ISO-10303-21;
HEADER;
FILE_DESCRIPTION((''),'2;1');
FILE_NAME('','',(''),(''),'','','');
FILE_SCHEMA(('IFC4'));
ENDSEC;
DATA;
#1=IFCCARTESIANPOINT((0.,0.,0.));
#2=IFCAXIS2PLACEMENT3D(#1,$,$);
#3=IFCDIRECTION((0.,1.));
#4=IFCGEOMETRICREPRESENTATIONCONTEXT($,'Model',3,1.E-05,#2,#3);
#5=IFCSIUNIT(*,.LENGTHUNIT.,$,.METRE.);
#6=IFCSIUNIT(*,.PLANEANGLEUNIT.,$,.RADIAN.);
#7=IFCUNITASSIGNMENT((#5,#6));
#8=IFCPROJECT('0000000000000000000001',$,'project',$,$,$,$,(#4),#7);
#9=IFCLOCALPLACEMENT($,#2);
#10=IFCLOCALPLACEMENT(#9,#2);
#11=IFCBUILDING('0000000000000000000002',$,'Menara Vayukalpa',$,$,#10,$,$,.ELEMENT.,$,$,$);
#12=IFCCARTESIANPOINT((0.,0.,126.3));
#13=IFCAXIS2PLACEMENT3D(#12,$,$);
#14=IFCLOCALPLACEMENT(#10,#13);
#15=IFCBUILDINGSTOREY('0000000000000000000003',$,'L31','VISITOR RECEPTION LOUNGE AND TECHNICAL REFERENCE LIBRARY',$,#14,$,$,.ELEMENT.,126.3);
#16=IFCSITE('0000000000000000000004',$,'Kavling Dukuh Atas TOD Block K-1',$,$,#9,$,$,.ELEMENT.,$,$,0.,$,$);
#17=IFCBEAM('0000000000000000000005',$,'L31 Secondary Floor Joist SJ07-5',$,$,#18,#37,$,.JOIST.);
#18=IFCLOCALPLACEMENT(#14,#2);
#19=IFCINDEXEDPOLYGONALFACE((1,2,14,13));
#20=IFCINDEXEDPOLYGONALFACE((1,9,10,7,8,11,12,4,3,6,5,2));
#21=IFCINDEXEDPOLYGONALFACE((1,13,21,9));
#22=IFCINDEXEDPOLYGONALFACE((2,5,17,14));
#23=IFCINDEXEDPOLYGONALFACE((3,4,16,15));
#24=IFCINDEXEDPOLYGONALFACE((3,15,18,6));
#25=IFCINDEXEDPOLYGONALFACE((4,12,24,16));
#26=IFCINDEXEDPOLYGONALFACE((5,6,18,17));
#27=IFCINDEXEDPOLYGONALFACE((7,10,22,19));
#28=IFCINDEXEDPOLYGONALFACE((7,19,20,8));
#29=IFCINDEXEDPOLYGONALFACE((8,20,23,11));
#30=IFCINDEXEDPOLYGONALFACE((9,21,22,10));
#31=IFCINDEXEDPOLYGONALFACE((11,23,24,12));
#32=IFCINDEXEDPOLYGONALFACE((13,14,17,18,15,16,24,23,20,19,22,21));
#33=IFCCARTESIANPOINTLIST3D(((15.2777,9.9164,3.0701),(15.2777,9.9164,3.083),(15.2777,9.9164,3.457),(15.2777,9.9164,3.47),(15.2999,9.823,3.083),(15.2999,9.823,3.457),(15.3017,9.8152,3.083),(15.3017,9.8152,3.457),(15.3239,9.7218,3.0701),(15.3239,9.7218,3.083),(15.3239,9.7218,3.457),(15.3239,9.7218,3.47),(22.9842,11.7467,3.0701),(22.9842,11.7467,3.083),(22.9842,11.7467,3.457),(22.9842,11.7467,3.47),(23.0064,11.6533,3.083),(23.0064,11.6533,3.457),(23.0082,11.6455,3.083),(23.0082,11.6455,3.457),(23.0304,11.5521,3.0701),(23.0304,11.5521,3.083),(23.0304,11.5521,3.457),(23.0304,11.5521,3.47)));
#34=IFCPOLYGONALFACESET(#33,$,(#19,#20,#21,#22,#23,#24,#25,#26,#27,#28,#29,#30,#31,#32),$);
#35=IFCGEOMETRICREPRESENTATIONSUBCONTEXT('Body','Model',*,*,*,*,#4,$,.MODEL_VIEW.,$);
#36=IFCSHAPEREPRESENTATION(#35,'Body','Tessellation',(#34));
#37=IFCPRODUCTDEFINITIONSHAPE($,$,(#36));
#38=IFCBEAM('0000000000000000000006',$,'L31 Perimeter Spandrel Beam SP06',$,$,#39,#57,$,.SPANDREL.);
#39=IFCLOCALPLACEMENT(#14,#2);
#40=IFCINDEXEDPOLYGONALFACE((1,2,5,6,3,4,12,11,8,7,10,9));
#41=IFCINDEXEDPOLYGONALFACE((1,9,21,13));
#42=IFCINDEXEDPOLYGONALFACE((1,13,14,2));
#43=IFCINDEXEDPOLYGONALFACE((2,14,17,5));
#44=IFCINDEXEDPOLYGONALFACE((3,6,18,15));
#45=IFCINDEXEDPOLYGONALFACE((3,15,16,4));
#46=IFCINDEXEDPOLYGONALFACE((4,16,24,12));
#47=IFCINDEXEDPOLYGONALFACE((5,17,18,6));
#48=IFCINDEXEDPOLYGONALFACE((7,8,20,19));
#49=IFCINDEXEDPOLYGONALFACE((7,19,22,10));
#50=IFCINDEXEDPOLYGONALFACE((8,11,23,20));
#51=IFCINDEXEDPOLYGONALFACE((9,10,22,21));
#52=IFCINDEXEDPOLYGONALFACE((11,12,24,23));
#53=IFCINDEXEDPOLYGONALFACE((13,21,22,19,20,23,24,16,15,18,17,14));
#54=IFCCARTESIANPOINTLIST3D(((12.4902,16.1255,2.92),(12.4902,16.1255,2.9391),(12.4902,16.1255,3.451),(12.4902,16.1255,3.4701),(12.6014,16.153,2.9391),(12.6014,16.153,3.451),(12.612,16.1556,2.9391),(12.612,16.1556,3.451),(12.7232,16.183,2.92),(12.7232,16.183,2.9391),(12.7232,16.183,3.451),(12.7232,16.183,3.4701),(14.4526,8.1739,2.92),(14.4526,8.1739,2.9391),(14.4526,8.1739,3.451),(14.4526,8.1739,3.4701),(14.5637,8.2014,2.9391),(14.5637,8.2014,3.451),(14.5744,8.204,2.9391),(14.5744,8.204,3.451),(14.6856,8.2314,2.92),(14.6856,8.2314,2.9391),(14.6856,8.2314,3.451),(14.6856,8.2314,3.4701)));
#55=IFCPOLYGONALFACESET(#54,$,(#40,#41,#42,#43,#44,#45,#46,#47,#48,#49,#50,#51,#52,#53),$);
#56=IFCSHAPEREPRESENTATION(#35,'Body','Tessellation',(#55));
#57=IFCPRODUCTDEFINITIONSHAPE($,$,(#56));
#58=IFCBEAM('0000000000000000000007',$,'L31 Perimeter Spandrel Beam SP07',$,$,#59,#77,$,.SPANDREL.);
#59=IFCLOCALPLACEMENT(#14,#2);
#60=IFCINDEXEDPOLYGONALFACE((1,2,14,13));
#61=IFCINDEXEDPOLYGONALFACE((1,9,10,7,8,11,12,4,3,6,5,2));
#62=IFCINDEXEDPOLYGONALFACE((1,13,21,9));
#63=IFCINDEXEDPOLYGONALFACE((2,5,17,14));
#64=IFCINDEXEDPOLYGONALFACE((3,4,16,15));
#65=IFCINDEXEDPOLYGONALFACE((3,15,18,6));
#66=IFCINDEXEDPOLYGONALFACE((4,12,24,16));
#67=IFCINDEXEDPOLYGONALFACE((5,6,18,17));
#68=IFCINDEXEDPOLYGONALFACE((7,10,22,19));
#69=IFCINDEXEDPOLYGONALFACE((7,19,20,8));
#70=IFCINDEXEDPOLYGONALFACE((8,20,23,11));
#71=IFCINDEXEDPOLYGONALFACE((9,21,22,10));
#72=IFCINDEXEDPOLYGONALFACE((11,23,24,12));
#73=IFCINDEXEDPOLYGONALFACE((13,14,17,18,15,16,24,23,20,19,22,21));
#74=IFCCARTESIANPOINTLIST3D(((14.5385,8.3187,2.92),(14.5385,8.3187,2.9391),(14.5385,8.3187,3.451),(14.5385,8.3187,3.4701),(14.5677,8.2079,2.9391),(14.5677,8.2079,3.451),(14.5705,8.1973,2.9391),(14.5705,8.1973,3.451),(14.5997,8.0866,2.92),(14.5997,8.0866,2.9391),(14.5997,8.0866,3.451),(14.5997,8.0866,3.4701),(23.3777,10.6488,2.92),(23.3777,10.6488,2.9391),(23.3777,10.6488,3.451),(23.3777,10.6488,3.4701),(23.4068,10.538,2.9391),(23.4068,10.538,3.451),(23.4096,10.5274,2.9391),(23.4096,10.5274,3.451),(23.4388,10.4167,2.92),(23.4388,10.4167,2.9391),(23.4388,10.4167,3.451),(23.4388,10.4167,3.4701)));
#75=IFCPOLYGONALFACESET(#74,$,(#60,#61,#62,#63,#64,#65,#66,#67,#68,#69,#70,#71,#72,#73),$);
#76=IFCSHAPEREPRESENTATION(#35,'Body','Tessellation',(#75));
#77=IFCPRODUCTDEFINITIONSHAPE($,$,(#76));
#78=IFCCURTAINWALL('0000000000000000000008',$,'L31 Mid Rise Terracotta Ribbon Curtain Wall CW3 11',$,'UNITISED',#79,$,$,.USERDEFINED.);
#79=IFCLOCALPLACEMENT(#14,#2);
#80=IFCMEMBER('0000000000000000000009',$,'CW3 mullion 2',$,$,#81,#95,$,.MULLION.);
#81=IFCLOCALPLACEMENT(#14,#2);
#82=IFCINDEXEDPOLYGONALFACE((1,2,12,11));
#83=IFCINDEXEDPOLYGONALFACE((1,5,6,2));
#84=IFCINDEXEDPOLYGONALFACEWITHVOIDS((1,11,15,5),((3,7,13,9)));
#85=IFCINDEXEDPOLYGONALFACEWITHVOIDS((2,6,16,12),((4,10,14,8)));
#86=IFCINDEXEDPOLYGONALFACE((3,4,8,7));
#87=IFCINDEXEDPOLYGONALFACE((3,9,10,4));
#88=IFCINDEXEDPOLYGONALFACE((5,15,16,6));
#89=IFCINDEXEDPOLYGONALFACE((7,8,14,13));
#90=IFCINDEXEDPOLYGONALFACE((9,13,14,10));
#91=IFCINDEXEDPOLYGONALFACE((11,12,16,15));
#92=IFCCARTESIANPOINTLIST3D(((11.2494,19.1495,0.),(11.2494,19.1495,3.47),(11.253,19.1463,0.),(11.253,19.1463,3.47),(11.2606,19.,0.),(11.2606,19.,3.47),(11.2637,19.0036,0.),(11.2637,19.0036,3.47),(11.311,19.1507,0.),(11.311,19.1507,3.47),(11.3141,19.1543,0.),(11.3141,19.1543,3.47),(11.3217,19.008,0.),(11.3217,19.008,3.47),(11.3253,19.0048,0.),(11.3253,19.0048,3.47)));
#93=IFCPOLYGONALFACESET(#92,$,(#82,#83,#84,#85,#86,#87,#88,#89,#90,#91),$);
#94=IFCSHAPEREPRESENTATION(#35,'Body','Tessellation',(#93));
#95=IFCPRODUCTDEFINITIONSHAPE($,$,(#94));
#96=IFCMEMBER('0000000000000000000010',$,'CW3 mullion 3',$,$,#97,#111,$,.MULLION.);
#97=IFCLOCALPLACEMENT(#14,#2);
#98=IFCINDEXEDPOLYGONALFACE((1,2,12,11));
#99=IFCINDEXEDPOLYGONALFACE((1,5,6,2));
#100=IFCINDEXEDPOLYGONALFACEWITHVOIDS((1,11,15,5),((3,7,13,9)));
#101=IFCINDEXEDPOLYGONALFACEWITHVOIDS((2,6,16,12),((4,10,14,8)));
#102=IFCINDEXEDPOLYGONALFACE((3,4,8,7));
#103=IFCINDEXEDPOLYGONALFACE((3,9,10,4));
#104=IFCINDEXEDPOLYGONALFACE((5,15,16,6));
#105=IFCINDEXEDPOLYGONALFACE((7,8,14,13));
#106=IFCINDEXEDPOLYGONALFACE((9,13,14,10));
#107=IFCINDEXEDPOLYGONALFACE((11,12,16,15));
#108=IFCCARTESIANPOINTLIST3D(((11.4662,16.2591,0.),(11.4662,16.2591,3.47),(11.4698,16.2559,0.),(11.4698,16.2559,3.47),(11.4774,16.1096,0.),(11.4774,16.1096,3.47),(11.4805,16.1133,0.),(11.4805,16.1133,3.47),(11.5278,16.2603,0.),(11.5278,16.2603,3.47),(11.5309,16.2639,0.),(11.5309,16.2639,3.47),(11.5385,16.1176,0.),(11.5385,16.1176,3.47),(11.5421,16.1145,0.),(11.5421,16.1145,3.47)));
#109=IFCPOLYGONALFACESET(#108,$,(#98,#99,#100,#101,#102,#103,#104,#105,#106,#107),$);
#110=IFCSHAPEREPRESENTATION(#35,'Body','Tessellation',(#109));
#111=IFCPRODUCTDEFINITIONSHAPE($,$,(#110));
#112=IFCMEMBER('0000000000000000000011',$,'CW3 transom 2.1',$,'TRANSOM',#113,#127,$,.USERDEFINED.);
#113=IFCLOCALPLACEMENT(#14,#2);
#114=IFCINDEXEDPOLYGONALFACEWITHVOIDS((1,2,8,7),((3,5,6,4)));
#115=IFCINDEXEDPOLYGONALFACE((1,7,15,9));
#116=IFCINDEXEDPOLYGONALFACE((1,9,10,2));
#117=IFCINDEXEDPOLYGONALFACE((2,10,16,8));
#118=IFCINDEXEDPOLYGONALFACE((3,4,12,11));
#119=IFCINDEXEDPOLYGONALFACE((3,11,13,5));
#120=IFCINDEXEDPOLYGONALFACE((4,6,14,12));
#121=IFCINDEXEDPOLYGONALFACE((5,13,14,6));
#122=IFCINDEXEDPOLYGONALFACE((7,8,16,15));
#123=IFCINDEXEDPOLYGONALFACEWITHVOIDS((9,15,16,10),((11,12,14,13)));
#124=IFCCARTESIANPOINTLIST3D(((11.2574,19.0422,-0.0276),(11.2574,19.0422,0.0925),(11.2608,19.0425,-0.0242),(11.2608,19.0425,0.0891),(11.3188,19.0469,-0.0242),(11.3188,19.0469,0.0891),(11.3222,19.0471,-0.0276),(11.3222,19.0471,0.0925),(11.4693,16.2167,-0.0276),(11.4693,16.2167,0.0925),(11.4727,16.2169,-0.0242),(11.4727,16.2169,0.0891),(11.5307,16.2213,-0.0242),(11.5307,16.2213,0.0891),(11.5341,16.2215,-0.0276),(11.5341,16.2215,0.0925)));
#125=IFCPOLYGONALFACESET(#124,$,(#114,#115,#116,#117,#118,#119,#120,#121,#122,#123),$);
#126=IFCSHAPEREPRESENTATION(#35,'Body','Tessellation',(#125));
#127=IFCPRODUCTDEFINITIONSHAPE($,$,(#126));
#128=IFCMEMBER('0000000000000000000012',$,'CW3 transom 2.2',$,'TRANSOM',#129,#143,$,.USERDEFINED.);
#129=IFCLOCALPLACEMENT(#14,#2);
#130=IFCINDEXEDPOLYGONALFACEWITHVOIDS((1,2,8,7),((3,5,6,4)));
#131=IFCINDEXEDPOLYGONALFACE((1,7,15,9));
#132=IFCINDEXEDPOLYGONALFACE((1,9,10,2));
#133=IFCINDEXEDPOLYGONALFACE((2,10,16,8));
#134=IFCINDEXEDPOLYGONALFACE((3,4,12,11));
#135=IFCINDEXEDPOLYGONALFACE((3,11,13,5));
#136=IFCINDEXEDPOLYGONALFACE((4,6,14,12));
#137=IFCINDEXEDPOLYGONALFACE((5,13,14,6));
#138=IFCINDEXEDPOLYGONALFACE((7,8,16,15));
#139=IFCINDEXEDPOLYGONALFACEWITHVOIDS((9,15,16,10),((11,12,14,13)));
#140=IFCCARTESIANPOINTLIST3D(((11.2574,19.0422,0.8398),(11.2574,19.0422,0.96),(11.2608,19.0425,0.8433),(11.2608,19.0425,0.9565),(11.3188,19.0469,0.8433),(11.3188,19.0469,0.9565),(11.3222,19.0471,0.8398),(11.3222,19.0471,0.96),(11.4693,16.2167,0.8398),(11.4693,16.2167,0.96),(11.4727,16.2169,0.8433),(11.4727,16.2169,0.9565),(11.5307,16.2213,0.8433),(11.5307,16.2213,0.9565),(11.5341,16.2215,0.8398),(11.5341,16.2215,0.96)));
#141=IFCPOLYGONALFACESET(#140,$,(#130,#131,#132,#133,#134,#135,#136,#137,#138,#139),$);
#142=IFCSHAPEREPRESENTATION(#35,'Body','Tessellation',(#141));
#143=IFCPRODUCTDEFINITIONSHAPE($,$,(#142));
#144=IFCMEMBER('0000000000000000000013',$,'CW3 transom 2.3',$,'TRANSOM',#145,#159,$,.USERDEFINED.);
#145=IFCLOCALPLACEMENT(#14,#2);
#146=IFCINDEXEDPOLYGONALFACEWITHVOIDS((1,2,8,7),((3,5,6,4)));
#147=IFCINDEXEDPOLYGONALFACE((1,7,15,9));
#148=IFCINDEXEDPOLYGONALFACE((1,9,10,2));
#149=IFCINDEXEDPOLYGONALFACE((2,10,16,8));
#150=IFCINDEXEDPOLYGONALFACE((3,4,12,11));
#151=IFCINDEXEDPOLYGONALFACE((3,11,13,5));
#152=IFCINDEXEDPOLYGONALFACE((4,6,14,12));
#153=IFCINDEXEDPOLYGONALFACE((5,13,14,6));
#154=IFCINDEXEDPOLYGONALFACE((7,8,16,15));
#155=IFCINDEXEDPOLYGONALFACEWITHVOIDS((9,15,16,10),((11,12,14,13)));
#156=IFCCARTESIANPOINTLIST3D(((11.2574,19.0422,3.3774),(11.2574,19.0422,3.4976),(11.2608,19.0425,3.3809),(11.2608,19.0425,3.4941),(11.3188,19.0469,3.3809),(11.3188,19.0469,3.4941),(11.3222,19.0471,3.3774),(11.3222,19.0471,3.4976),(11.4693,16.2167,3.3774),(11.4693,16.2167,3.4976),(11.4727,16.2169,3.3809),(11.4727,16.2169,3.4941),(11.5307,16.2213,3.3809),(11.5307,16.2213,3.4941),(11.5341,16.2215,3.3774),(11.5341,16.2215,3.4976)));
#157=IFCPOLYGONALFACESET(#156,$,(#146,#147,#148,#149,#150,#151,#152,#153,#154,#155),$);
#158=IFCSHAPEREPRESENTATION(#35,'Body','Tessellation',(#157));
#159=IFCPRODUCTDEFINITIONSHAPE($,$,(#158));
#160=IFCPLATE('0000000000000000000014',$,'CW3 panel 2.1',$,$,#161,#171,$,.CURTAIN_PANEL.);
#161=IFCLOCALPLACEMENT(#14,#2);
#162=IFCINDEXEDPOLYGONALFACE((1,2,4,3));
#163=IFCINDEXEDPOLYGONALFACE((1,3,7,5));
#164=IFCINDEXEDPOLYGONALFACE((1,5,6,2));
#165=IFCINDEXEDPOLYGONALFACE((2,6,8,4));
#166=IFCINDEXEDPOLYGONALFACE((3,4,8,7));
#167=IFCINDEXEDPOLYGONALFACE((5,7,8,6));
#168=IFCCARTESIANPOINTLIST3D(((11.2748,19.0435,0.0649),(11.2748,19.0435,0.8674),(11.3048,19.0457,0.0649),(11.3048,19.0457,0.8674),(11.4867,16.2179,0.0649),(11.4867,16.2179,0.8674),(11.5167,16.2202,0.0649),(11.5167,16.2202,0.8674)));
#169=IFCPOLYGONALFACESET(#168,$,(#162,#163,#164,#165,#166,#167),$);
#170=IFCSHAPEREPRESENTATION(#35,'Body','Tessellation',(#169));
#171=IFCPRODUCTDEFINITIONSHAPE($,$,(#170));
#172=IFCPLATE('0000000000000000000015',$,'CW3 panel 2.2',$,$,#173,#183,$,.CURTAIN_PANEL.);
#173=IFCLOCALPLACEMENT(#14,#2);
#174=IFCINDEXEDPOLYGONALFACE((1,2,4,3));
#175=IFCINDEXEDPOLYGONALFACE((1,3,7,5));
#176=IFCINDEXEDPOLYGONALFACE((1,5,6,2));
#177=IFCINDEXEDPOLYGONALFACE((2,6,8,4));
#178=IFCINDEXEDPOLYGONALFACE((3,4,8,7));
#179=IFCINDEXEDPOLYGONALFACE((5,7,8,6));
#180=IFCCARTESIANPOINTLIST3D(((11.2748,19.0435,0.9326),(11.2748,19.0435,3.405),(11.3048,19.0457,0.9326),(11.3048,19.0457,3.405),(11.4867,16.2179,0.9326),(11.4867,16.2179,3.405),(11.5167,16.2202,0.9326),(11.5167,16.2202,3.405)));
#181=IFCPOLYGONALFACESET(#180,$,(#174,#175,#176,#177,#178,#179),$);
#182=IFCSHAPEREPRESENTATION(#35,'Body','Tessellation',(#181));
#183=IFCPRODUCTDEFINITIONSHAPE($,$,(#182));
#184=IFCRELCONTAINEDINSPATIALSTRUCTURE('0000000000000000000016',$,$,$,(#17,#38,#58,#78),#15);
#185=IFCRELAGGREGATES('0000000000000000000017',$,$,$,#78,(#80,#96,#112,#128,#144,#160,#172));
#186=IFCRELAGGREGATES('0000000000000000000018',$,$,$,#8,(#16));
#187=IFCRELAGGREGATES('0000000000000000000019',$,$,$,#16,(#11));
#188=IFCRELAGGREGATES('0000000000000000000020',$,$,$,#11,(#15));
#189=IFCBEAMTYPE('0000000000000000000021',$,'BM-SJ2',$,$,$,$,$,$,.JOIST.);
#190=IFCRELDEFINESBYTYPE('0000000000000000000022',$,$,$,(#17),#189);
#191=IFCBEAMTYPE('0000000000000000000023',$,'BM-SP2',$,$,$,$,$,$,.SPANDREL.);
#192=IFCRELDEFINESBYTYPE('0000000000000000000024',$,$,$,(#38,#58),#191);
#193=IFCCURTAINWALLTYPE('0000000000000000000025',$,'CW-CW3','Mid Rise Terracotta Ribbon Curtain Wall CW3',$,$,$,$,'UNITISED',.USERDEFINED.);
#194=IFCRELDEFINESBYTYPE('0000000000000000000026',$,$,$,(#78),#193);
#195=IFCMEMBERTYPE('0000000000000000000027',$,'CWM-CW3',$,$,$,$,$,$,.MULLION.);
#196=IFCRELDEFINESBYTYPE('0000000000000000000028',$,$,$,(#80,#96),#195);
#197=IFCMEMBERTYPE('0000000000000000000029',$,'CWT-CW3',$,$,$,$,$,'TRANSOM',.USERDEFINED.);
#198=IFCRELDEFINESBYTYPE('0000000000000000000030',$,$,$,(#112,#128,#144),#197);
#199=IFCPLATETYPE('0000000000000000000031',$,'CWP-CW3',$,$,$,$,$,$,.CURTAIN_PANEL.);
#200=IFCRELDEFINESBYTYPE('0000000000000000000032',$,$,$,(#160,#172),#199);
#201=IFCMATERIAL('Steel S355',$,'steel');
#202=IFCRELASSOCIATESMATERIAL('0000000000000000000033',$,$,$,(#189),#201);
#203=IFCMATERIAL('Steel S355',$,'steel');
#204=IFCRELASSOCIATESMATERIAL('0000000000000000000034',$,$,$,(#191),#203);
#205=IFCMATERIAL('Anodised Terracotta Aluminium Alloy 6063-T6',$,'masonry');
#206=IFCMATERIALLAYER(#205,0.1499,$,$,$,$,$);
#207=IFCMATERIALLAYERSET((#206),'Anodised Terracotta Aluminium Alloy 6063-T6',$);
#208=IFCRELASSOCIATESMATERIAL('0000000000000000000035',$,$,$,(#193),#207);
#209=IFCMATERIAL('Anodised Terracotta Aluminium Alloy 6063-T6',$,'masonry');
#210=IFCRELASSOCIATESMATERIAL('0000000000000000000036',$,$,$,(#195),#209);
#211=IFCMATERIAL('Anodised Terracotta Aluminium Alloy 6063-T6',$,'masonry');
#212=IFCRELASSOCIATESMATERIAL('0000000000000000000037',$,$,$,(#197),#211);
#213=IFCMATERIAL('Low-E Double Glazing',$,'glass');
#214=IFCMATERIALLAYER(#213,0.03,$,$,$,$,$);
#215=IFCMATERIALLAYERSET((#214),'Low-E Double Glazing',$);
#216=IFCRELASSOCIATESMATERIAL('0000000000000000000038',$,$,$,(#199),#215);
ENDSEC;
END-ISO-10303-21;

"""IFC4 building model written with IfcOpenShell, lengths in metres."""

from ifc_helpers import new_model, si_unit, direction, frame, origin, origin_2d, place, context, subcontext, project, spatial, rectangle, hollow_rectangle, i_section, extrude, material, layer, layer_set, material_profile, profile_set, type_object, element, aggregate, save


model = new_model("IFC4")

# Units and contexts
model_context = context("Model", 3, precision=1e-05, world=origin(), true_north=direction((0.0, 1.0)))
body_context = subcontext(model_context, "Body", "Model", "MODEL_VIEW")
ifc_project = project(units=[si_unit("LENGTHUNIT", "METRE"), si_unit("PLANEANGLEUNIT", "RADIAN")], contexts=[model_context])

# Site, building, storey
site_placement = place(None, origin())
site = spatial("IfcSite", under=ifc_project, at=site_placement, Name="Kavling Dukuh Atas TOD Block K-1", CompositionType="ELEMENT", RefElevation=0.0)
building_placement = place(site_placement, origin())
building = spatial("IfcBuilding", under=site, at=building_placement, Name="Menara Vayukalpa", CompositionType="ELEMENT")
storey_placement = place(building_placement, frame((0.0, 0.0, 126.3)))
storey = spatial("IfcBuildingStorey", under=building, at=storey_placement, Name="L31", Description="VISITOR RECEPTION LOUNGE AND TECHNICAL REFERENCE LIBRARY", CompositionType="ELEMENT", Elevation=126.3)

# Beams
ifc_material_1 = material(Name="Steel S355", Category="steel")
ifc_material_profile_1 = material_profile(ifc_material_1, i_section(OverallWidth=0.2, OverallDepth=0.3999, WebThickness=0.0081, FlangeThickness=0.0129, at=origin_2d()), Name="WF 400x200x8x13")
ifc_profile_set_1 = profile_set([ifc_material_profile_1], Name="Steel S355")
beam_type_1 = type_object("IfcBeamType", Name="BM-SJ2", PredefinedType="JOIST", material=ifc_profile_set_1)
beam_1_placement = place(storey_placement, frame((15.3008, 9.8191, 3.27), z_axis=(0.972936, 0.231075, 0.0), x_axis=(-0.231075, 0.972936, 0.0)))
element("IfcBeam", 1, at=beam_1_placement, inside=storey, type_object=beam_type_1, Name="L31 Secondary Floor Joist SJ07-5", PredefinedType="JOIST", context=body_context, shape_type="SweptSolid", body=[
    extrude(i_section(OverallWidth=0.2, OverallDepth=0.3999, WebThickness=0.0081, FlangeThickness=0.0129, at=origin_2d()), origin(), (0.0, 0.0, 1.0), 7.9209),
])
ifc_material_2 = material(Name="Steel S355", Category="steel")
ifc_material_profile_2 = material_profile(ifc_material_2, i_section(OverallWidth=0.24, OverallDepth=0.55, WebThickness=0.011, FlangeThickness=0.019, at=origin_2d()), Name="WF 550x240x11x19")
ifc_profile_set_2 = profile_set([ifc_material_profile_2], Name="Steel S355")
beam_type_2 = type_object("IfcBeamType", Name="BM-SP2", PredefinedType="SPANDREL", material=ifc_profile_set_2)
beam_2_placement = place(storey_placement, frame((12.6067, 16.1543, 3.1951), z_axis=(0.239603, -0.970871, 0.0), x_axis=(0.970871, 0.239603, 0.0)))
element("IfcBeam", 2, at=beam_2_placement, inside=storey, type_object=beam_type_2, Name="L31 Perimeter Spandrel Beam SP06", PredefinedType="SPANDREL", context=body_context, shape_type="SweptSolid", body=[
    extrude(i_section(OverallWidth=0.24, OverallDepth=0.55, WebThickness=0.011, FlangeThickness=0.019, at=origin_2d()), origin(), (0.0, 0.0, 1.0), 8.1902),
])
beam_3_placement = place(storey_placement, frame((14.5691, 8.2026, 3.1951), z_axis=(0.966967, 0.254902, 0.0), x_axis=(-0.254902, 0.966967, 0.0)))
element("IfcBeam", 3, at=beam_3_placement, inside=storey, type_object=beam_type_2, Name="L31 Perimeter Spandrel Beam SP07", PredefinedType="SPANDREL", context=body_context, shape_type="SweptSolid", body=[
    extrude(i_section(OverallWidth=0.24, OverallDepth=0.55, WebThickness=0.011, FlangeThickness=0.019, at=origin_2d()), origin(), (0.0, 0.0, 1.0), 9.1411),
])

# Curtain wall, members, plates
ifc_material_3 = material(Name="Anodised Terracotta Aluminium Alloy 6063-T6", Category="masonry")
ifc_layer_1 = layer(ifc_material_3, 0.1499)
ifc_layer_set_1 = layer_set([ifc_layer_1], Name="Anodised Terracotta Aluminium Alloy 6063-T6")
curtain_wall_type = type_object("IfcCurtainWallType", Name="CW-CW3", Description="Mid Rise Terracotta Ribbon Curtain Wall CW3", ElementType="UNITISED", PredefinedType="USERDEFINED", material=ifc_layer_set_1)
curtain_wall_placement = place(storey_placement, origin())
curtain_wall = element("IfcCurtainWall", 4, at=curtain_wall_placement, inside=storey, type_object=curtain_wall_type, Name="L31 Mid Rise Terracotta Ribbon Curtain Wall CW3 11", ObjectType="UNITISED", PredefinedType="USERDEFINED")
ifc_material_4 = material(Name="Anodised Terracotta Aluminium Alloy 6063-T6", Category="masonry")
ifc_material_profile_3 = material_profile(ifc_material_4, hollow_rectangle(XDim=0.0649, YDim=0.1499, WallThickness=0.0034, at=origin_2d()), Name="ALU 65x150x3.5")
ifc_profile_set_3 = profile_set([ifc_material_profile_3], Name="Anodised Terracotta Aluminium Alloy 6063-T6")
member_type_1 = type_object("IfcMemberType", Name="CWM-CW3", PredefinedType="MULLION", material=ifc_profile_set_3)
member_1_placement = place(storey_placement, frame((11.2874, 19.0771, 0.0), z_axis=(0.0, 0.0, 1.0), x_axis=(0.9972, 0.074785, 0.0)))
member_1 = element("IfcMember", 5, at=member_1_placement, type_object=member_type_1, Name="CW3 mullion 2", PredefinedType="MULLION", context=body_context, shape_type="SweptSolid", body=[
    extrude(hollow_rectangle(XDim=0.0649, YDim=0.1499, WallThickness=0.0034, at=origin_2d()), origin(), (0.0, 0.0, 1.0), 3.47),
])
member_2_placement = place(storey_placement, frame((11.5042, 16.1868, 0.0), z_axis=(0.0, 0.0, 1.0), x_axis=(0.9972, 0.074785, 0.0)))
member_2 = element("IfcMember", 6, at=member_2_placement, type_object=member_type_1, Name="CW3 mullion 3", PredefinedType="MULLION", context=body_context, shape_type="SweptSolid", body=[
    extrude(hollow_rectangle(XDim=0.0649, YDim=0.1499, WallThickness=0.0034, at=origin_2d()), origin(), (0.0, 0.0, 1.0), 3.47),
])
ifc_material_5 = material(Name="Anodised Terracotta Aluminium Alloy 6063-T6", Category="masonry")
ifc_material_profile_4 = material_profile(ifc_material_5, hollow_rectangle(XDim=0.0649, YDim=0.1201, WallThickness=0.0034, at=origin_2d()), Name="ALU 65x120x3.5")
ifc_profile_set_4 = profile_set([ifc_material_profile_4], Name="Anodised Terracotta Aluminium Alloy 6063-T6")
member_type_2 = type_object("IfcMemberType", Name="CWT-CW3", ElementType="TRANSOM", PredefinedType="USERDEFINED", material=ifc_profile_set_4)
member_3_placement = place(storey_placement, frame((11.2898, 19.0447, 0.0325), z_axis=(0.074792, -0.997199, 0.0), x_axis=(0.997199, 0.074792, 0.0)))
member_3 = element("IfcMember", 7, at=member_3_placement, type_object=member_type_2, Name="CW3 transom 2.1", ObjectType="TRANSOM", PredefinedType="USERDEFINED", context=body_context, shape_type="SweptSolid", body=[
    extrude(hollow_rectangle(XDim=0.0649, YDim=0.1201, WallThickness=0.0034, at=origin_2d()), origin(), (0.0, 0.0, 1.0), 2.8335),
])
member_4_placement = place(storey_placement, frame((11.2898, 19.0447, 0.8999), z_axis=(0.074792, -0.997199, 0.0), x_axis=(0.997199, 0.074792, 0.0)))
member_4 = element("IfcMember", 8, at=member_4_placement, type_object=member_type_2, Name="CW3 transom 2.2", ObjectType="TRANSOM", PredefinedType="USERDEFINED", context=body_context, shape_type="SweptSolid", body=[
    extrude(hollow_rectangle(XDim=0.0649, YDim=0.1201, WallThickness=0.0034, at=origin_2d()), origin(), (0.0, 0.0, 1.0), 2.8335),
])
member_5_placement = place(storey_placement, frame((11.2898, 19.0447, 3.4375), z_axis=(0.074792, -0.997199, 0.0), x_axis=(0.997199, 0.074792, 0.0)))
member_5 = element("IfcMember", 9, at=member_5_placement, type_object=member_type_2, Name="CW3 transom 2.3", ObjectType="TRANSOM", PredefinedType="USERDEFINED", context=body_context, shape_type="SweptSolid", body=[
    extrude(hollow_rectangle(XDim=0.0649, YDim=0.1201, WallThickness=0.0034, at=origin_2d()), origin(), (0.0, 0.0, 1.0), 2.8335),
])
ifc_material_6 = material(Name="Low-E Double Glazing", Category="glass")
ifc_layer_2 = layer(ifc_material_6, 0.03)
ifc_layer_set_2 = layer_set([ifc_layer_2], Name="Low-E Double Glazing")
plate_type = type_object("IfcPlateType", Name="CWP-CW3", PredefinedType="CURTAIN_PANEL", material=ifc_layer_set_2)
plate_1_placement = place(storey_placement, frame((11.3958, 17.6318, 0.0649), z_axis=(0.0, 0.0, 1.0), x_axis=(0.074785, -0.9972, 0.0)))
plate_1 = element("IfcPlate", 10, at=plate_1_placement, type_object=plate_type, Name="CW3 panel 2.1", PredefinedType="CURTAIN_PANEL", context=body_context, shape_type="SweptSolid", body=[
    extrude(rectangle(XDim=2.8335, YDim=0.03, at=origin_2d()), origin(), (0.0, 0.0, 1.0), 0.8025),
])
plate_2_placement = place(storey_placement, frame((11.3958, 17.6318, 0.9326), z_axis=(0.0, 0.0, 1.0), x_axis=(0.074785, -0.9972, 0.0)))
plate_2 = element("IfcPlate", 11, at=plate_2_placement, type_object=plate_type, Name="CW3 panel 2.2", PredefinedType="CURTAIN_PANEL", context=body_context, shape_type="SweptSolid", body=[
    extrude(rectangle(XDim=2.8335, YDim=0.03, at=origin_2d()), origin(), (0.0, 0.0, 1.0), 2.4724),
])
aggregate(curtain_wall, [member_1, member_2, member_3, member_4, member_5, plate_1, plate_2])

save(model, "model.ifc")
